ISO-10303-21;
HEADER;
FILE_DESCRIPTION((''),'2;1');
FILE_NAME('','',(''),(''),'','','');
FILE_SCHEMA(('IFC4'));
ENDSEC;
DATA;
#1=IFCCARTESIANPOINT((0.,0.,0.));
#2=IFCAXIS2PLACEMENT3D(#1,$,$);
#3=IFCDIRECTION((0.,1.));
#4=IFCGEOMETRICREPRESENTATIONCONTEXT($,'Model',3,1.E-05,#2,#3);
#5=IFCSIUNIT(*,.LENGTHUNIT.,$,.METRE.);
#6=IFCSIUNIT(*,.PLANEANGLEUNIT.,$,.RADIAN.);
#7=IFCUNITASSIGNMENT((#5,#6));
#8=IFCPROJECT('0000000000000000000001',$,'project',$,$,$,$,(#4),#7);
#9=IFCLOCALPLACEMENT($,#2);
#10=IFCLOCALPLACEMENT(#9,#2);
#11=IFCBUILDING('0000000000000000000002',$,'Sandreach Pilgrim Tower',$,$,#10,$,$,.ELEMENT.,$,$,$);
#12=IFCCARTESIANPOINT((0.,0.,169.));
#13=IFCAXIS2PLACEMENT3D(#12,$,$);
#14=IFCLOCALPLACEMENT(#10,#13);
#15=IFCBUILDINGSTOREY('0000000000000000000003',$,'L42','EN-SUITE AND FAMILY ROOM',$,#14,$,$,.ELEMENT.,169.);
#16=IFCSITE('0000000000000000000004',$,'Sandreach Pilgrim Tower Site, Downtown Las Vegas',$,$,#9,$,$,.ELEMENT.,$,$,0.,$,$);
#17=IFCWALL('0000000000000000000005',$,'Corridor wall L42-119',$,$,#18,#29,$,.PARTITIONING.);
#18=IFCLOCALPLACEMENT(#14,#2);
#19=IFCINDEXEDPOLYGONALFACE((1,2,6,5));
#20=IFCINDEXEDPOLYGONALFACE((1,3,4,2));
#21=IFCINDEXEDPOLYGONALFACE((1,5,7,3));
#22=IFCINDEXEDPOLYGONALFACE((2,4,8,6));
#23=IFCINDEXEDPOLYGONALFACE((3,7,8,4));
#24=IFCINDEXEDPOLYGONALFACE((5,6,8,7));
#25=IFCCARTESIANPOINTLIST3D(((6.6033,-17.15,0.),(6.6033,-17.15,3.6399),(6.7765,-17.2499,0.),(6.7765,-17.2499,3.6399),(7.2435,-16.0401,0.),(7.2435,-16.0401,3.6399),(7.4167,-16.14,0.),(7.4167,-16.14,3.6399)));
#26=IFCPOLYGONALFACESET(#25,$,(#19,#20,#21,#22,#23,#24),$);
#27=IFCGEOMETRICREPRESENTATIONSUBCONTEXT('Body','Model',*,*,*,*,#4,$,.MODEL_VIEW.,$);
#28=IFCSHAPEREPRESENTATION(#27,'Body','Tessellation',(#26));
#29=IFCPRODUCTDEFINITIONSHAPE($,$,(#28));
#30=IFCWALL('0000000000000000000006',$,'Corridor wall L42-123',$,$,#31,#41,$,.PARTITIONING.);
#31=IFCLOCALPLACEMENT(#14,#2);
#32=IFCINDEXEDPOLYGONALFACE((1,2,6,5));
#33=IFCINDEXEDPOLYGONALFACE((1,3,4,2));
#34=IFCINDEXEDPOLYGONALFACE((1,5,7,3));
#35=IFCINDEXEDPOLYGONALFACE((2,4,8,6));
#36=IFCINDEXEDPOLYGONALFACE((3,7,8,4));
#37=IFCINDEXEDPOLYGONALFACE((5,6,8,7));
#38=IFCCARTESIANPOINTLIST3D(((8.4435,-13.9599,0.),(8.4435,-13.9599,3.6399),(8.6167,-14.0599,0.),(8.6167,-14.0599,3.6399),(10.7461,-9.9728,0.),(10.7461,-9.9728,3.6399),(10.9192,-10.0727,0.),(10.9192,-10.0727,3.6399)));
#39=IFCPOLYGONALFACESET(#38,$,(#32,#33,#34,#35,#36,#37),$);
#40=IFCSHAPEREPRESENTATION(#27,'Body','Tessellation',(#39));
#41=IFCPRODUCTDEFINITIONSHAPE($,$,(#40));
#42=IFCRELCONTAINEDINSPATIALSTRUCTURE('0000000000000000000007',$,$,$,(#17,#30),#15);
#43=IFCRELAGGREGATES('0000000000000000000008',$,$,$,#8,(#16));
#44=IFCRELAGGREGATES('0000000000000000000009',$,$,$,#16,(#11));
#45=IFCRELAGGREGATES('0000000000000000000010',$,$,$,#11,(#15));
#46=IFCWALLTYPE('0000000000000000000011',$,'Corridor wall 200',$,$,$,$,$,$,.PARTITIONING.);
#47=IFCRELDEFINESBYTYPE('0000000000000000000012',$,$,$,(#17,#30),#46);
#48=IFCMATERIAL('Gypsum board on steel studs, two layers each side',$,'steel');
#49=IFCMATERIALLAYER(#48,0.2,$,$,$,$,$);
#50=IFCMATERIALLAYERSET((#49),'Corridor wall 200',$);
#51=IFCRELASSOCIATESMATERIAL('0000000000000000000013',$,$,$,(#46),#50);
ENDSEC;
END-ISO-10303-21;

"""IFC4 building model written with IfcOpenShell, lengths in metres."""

from ifc_helpers import new_model, si_unit, direction, frame, frame_2d, origin, place, context, subcontext, project, spatial, rectangle, extrude, material, layer, layer_set, type_object, element, save


model = new_model("IFC4")

# Units and contexts
model_context = context("Model", 3, precision=1e-05, world=origin(), true_north=direction((0.0, 1.0)))
body_context = subcontext(model_context, "Body", "Model", "MODEL_VIEW")
ifc_project = project(units=[si_unit("LENGTHUNIT", "METRE"), si_unit("PLANEANGLEUNIT", "RADIAN")], contexts=[model_context])

# Site, building, storey
site_placement = place(None, origin())
site = spatial("IfcSite", under=ifc_project, at=site_placement, Name="Sandreach Pilgrim Tower Site, Downtown Las Vegas", CompositionType="ELEMENT", RefElevation=0.0)
building_placement = place(site_placement, origin())
building = spatial("IfcBuilding", under=site, at=building_placement, Name="Sandreach Pilgrim Tower", CompositionType="ELEMENT")
storey_placement = place(building_placement, frame((0.0, 0.0, 169.0)))
storey = spatial("IfcBuildingStorey", under=building, at=storey_placement, Name="L42", Description="EN-SUITE AND FAMILY ROOM", CompositionType="ELEMENT", Elevation=169.0)

# Shared definitions
ifc_material_1 = material(Name="Gypsum board on steel studs, two layers each side", Category="steel")
ifc_layer_1 = layer(ifc_material_1, 0.2)
ifc_layer_set_1 = layer_set([ifc_layer_1], Name="Corridor wall 200")
wall_type_1 = type_object("IfcWallType", Name="Corridor wall 200", PredefinedType="PARTITIONING", material=ifc_layer_set_1)

# Walls
wall_1_placement = place(storey_placement, frame((6.6899, -17.2, 0.0), z_axis=(0.0, 0.0, 1.0), x_axis=(0.499623, 0.866243, 0.0)))
element("IfcWall", 1, at=wall_1_placement, inside=storey, type_object=wall_type_1, Name="Corridor wall L42-119", PredefinedType="PARTITIONING", context=body_context, shape_type="SweptSolid", body=[
    extrude(rectangle(XDim=1.2812, YDim=0.2, at=frame_2d((0.6406, 0.0))), origin(), (0.0, 0.0, 1.0), 3.6399),
])
wall_2_placement = place(storey_placement, frame((8.53, -14.01, 0.0), z_axis=(0.0, 0.0, 1.0), x_axis=(0.500091, 0.865973, 0.0)))
element("IfcWall", 2, at=wall_2_placement, inside=storey, type_object=wall_type_1, Name="Corridor wall L42-123", PredefinedType="PARTITIONING", context=body_context, shape_type="SweptSolid", body=[
    extrude(rectangle(XDim=4.6042, YDim=0.2, at=frame_2d((2.3022, 0.0))), origin(), (0.0, 0.0, 1.0), 3.6399),
])

save(model, "model.ifc")
